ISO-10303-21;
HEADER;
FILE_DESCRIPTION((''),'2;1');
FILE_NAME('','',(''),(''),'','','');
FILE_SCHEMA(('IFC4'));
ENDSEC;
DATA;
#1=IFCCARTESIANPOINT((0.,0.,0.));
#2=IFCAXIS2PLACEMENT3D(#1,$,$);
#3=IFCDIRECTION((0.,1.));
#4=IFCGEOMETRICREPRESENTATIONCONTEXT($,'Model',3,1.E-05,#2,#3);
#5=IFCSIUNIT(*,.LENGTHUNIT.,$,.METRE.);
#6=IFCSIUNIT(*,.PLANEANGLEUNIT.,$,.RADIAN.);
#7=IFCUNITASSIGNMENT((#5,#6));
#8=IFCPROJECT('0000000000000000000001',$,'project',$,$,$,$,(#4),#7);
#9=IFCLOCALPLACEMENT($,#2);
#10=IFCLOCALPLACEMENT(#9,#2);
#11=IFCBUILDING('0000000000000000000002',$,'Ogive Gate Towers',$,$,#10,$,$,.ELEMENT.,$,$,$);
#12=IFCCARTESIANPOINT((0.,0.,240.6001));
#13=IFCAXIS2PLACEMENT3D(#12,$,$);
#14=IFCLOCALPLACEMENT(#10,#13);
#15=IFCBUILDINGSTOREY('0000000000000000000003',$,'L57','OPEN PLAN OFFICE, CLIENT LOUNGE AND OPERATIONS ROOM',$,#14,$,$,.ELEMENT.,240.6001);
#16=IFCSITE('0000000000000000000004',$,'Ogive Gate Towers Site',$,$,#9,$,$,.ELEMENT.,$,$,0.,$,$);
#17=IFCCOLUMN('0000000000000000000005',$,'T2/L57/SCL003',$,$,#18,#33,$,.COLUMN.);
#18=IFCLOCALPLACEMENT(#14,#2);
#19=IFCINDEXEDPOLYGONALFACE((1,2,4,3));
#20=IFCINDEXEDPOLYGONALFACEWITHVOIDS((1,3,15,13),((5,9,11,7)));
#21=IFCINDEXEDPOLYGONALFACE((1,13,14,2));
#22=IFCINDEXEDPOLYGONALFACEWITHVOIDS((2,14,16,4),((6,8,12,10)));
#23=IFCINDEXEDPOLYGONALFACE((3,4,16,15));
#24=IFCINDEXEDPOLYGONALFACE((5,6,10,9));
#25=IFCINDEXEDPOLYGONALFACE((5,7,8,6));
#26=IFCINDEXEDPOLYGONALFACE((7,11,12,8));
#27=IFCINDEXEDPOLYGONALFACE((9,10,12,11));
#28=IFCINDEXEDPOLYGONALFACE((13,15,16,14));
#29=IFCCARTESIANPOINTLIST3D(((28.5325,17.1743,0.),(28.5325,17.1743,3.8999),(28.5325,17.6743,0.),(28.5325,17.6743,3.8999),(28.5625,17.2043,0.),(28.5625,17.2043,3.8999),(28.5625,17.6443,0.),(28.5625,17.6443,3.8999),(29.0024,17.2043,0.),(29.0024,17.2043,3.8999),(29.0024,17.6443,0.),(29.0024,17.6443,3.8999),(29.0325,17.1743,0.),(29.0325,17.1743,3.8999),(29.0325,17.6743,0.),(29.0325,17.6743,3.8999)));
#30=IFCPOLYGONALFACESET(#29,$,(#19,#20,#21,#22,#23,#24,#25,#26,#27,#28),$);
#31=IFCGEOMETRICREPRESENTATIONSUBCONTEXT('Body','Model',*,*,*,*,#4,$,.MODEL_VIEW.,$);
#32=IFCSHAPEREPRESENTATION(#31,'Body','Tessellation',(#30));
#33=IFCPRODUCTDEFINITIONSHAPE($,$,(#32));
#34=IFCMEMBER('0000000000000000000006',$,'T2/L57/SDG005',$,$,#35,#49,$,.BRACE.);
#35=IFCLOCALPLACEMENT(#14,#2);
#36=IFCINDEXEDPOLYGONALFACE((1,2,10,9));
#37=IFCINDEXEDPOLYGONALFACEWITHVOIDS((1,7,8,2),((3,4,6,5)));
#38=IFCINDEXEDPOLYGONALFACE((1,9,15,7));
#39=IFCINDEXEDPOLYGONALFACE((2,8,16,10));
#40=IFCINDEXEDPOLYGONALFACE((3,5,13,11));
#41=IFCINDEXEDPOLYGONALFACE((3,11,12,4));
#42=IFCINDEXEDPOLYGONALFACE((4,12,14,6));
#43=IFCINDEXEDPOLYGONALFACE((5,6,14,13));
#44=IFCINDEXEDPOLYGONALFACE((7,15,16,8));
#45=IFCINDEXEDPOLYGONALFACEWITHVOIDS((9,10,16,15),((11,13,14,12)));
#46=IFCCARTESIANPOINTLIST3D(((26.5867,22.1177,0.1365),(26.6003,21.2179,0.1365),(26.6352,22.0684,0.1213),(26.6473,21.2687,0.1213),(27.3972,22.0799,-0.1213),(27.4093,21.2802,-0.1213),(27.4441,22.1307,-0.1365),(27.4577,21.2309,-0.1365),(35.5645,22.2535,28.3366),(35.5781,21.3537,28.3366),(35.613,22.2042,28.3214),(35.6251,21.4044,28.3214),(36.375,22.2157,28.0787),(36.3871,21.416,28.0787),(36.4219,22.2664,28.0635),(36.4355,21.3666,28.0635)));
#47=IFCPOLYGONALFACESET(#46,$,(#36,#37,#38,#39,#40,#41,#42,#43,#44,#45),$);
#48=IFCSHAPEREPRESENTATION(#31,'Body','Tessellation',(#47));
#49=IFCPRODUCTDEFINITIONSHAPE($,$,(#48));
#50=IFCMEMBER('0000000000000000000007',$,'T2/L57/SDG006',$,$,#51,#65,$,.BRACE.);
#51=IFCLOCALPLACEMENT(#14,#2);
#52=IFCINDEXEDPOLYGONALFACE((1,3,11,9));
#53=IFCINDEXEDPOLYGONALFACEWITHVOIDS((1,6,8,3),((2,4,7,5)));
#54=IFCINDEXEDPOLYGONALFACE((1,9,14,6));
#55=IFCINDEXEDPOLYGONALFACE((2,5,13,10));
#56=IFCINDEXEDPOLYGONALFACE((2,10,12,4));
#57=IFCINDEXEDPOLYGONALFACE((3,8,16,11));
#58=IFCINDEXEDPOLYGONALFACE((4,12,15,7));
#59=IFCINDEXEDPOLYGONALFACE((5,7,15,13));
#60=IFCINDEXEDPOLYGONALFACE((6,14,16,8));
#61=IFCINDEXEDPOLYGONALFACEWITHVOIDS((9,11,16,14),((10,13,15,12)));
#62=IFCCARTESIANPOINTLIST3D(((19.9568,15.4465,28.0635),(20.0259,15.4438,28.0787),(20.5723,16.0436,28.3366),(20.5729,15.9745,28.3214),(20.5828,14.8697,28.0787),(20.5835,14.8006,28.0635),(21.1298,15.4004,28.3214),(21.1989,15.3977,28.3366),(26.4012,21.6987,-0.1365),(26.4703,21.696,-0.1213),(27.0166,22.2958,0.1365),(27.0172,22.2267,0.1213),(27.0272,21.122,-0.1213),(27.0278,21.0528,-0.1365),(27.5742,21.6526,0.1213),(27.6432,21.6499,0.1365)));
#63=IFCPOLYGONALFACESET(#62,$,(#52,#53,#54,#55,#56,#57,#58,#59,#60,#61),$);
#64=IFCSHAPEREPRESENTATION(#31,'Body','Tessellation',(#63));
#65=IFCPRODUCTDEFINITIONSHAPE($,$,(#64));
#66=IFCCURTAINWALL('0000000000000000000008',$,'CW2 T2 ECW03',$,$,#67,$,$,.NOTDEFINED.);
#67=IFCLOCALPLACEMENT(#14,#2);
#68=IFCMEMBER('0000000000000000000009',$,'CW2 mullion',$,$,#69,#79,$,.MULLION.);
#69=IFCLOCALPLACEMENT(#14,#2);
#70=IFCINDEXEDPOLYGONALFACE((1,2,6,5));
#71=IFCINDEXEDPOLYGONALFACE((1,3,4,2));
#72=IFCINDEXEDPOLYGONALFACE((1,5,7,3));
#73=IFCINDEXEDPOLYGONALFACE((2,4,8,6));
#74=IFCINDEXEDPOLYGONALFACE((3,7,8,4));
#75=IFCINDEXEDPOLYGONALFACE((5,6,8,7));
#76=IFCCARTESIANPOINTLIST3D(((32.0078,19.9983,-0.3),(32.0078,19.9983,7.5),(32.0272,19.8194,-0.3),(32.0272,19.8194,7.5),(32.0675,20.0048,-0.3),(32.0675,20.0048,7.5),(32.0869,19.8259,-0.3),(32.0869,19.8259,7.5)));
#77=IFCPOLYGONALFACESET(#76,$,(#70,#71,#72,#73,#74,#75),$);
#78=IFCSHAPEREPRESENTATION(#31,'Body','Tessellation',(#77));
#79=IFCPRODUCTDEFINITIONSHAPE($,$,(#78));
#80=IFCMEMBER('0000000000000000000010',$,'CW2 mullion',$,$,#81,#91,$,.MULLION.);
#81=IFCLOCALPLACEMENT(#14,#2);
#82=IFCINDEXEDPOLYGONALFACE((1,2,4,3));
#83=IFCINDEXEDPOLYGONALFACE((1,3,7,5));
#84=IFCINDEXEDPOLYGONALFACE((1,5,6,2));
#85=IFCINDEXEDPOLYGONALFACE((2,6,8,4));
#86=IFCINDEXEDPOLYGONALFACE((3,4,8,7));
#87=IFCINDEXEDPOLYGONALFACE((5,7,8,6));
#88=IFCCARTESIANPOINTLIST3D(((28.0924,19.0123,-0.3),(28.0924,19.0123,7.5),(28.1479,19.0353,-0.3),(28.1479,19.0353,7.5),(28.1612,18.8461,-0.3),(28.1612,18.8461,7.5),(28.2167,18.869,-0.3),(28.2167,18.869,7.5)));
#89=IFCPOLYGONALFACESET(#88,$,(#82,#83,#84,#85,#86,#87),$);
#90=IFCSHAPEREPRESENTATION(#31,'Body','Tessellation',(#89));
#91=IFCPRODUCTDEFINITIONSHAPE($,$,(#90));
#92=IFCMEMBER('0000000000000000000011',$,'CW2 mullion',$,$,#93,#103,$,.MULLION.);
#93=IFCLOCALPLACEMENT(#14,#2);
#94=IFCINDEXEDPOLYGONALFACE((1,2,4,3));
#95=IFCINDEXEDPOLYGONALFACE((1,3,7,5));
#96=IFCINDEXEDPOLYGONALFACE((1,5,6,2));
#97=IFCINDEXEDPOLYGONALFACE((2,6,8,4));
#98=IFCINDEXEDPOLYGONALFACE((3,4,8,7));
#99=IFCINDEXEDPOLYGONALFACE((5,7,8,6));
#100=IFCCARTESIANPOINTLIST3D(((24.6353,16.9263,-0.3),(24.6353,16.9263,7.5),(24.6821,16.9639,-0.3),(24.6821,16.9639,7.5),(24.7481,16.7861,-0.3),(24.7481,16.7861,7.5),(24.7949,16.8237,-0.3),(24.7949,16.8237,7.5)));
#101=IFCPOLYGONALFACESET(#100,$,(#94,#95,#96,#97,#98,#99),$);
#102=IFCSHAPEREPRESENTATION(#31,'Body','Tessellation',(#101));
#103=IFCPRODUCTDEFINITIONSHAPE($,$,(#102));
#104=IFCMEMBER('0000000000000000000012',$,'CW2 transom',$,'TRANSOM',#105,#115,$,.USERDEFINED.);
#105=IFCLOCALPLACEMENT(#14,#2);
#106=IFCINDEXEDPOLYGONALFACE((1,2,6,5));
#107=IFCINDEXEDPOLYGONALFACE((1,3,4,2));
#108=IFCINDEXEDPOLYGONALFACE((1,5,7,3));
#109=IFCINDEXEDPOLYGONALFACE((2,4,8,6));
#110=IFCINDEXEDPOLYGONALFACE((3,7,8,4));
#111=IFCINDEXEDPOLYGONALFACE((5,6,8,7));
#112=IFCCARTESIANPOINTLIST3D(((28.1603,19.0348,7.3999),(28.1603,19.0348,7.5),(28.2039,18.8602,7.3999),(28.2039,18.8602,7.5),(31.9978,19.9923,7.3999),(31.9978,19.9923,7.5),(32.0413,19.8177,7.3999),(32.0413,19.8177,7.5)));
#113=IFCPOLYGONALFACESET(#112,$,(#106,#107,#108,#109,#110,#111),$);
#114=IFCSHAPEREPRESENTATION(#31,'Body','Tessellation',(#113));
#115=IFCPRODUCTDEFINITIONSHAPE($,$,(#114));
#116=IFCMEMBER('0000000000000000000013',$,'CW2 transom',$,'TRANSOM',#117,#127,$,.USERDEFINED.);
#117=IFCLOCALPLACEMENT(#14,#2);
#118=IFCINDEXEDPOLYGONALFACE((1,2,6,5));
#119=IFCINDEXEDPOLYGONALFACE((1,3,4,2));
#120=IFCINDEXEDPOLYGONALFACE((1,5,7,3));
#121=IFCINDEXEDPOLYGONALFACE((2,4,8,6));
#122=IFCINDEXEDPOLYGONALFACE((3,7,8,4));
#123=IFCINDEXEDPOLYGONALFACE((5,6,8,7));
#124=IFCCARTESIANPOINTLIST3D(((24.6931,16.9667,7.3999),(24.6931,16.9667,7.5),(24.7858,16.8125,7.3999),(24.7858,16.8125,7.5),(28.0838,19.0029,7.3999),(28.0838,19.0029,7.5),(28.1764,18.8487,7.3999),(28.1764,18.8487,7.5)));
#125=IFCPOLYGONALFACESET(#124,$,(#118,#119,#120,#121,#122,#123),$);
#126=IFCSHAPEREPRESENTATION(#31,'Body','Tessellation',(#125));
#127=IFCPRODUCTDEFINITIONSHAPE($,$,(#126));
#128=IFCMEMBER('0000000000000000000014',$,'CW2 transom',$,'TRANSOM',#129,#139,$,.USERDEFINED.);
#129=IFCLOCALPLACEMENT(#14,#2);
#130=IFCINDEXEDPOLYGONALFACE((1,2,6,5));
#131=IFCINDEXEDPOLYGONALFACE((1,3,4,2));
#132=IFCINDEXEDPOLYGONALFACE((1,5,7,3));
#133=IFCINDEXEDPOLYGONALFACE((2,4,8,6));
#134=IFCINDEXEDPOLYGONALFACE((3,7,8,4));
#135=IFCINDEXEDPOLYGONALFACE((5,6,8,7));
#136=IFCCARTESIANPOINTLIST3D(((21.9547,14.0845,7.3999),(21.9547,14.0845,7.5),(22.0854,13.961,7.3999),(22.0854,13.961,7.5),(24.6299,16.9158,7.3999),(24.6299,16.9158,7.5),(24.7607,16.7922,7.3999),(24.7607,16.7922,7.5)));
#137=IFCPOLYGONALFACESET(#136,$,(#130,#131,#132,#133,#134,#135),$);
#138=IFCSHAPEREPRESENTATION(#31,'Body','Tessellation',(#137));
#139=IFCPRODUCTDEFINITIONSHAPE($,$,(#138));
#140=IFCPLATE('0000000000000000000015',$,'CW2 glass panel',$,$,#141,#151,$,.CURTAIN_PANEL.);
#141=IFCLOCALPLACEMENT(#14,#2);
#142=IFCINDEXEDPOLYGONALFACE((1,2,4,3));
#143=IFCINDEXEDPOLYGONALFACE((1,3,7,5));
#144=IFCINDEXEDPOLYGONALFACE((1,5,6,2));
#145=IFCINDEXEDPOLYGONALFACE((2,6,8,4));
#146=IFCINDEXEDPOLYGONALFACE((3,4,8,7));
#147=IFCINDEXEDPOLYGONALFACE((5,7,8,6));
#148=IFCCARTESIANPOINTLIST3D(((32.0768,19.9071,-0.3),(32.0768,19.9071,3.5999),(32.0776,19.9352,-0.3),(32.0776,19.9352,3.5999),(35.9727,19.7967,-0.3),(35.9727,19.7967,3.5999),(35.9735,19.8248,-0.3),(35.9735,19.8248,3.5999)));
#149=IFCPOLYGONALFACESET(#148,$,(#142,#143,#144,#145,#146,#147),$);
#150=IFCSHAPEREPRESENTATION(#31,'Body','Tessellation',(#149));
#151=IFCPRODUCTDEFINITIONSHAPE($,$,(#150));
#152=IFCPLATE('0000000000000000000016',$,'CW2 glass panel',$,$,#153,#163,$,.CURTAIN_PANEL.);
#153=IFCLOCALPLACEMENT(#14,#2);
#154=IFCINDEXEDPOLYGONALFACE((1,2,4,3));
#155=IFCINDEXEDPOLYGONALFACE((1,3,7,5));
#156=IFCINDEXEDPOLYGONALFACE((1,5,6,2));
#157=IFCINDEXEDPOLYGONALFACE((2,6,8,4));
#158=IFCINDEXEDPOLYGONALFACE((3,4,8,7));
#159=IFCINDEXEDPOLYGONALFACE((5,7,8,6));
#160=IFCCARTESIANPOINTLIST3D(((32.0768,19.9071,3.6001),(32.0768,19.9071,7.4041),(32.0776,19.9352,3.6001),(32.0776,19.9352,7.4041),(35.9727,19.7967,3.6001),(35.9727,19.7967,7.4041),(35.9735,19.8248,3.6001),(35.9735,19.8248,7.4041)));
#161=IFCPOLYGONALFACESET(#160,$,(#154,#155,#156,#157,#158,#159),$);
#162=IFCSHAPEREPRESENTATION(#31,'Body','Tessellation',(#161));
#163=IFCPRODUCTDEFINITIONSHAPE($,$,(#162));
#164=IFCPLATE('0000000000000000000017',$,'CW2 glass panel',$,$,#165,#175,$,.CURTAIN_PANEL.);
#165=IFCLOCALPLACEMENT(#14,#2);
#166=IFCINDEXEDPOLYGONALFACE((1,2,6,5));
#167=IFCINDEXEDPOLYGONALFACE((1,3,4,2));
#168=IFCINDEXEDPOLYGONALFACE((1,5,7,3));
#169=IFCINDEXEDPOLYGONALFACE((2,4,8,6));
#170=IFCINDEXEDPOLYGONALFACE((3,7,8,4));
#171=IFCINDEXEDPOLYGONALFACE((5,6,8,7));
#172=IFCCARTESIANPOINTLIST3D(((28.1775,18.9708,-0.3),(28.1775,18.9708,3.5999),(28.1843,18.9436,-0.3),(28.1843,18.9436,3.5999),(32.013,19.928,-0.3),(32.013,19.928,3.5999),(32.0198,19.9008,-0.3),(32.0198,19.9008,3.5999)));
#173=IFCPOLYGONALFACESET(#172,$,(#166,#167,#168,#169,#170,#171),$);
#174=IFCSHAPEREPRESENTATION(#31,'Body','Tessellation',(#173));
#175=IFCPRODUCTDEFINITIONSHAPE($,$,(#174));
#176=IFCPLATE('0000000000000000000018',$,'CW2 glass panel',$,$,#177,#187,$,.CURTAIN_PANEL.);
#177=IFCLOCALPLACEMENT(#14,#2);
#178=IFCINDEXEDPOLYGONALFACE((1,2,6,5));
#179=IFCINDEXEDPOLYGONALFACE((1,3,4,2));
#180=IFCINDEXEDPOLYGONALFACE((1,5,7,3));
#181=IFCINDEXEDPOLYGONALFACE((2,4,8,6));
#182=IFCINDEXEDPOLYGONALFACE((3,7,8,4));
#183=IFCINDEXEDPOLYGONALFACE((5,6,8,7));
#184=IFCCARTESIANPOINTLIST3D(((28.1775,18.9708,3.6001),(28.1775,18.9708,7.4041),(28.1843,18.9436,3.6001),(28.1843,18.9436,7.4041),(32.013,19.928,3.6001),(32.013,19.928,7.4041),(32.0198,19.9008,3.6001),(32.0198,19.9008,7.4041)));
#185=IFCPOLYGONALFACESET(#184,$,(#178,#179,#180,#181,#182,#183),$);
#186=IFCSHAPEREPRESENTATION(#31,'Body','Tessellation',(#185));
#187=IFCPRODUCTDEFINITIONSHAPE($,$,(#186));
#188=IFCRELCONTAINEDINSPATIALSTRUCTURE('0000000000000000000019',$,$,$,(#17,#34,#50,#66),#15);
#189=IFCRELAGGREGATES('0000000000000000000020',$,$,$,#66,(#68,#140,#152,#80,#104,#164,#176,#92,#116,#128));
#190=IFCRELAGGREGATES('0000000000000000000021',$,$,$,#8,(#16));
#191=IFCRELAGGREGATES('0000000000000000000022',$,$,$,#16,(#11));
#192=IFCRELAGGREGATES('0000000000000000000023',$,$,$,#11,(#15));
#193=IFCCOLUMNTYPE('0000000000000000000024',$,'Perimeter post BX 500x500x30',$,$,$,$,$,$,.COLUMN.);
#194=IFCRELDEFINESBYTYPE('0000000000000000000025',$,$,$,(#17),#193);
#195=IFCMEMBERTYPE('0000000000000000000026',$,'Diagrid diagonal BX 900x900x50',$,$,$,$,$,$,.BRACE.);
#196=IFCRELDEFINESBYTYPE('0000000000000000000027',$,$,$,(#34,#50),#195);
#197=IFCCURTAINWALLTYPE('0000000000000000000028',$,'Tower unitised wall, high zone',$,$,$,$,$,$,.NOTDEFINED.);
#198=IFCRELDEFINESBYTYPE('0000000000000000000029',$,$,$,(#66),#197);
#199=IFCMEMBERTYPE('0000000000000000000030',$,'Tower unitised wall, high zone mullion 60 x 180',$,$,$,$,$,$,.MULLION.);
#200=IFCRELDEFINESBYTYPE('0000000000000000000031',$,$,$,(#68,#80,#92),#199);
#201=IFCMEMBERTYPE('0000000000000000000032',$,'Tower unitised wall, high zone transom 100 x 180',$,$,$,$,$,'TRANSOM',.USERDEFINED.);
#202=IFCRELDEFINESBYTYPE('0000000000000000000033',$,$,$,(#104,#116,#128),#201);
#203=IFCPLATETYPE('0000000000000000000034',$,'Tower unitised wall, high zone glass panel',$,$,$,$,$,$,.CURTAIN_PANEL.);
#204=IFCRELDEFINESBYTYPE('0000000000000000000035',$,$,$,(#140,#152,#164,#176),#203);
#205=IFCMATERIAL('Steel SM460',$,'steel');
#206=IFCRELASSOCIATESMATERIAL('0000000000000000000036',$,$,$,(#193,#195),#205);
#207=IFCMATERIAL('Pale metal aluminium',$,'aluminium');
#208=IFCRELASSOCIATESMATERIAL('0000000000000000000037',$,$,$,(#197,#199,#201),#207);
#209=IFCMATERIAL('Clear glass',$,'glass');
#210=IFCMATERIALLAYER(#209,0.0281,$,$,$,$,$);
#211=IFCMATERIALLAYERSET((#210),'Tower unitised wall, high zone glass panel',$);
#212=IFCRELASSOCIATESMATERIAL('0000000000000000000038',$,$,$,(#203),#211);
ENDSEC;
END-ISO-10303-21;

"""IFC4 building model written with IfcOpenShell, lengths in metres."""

from ifc_helpers import new_model, si_unit, direction, frame, origin, origin_2d, place, context, subcontext, project, spatial, rectangle, hollow_rectangle, extrude, material, layer, layer_set, material_profile, profile_set, type_object, element, aggregate, save


model = new_model("IFC4")

# Units and contexts
model_context = context("Model", 3, precision=1e-05, world=origin(), true_north=direction((0.0, 1.0)))
body_context = subcontext(model_context, "Body", "Model", "MODEL_VIEW")
ifc_project = project(units=[si_unit("LENGTHUNIT", "METRE"), si_unit("PLANEANGLEUNIT", "RADIAN")], contexts=[model_context])

# Site, building, storey
site_placement = place(None, origin())
site = spatial("IfcSite", under=ifc_project, at=site_placement, Name="Ogive Gate Towers Site", CompositionType="ELEMENT", RefElevation=0.0)
building_placement = place(site_placement, origin())
building = spatial("IfcBuilding", under=site, at=building_placement, Name="Ogive Gate Towers", CompositionType="ELEMENT")
storey_placement = place(building_placement, frame((0.0, 0.0, 240.6001)))
storey = spatial("IfcBuildingStorey", under=building, at=storey_placement, Name="L57", Description="OPEN PLAN OFFICE, CLIENT LOUNGE AND OPERATIONS ROOM", CompositionType="ELEMENT", Elevation=240.6001)

# Column
ifc_material_1 = material(Name="Steel SM460", Category="steel")
ifc_material_profile_1 = material_profile(ifc_material_1, hollow_rectangle(XDim=0.5, YDim=0.5, WallThickness=0.03, at=origin_2d()), Name="BX 500x500x30")
ifc_profile_set_1 = profile_set([ifc_material_profile_1], Name="Steel SM460")
column_type = type_object("IfcColumnType", Name="Perimeter post BX 500x500x30", PredefinedType="COLUMN", material=ifc_profile_set_1)
column_placement = place(storey_placement, frame((28.7825, 17.4243, 0.0), z_axis=(0.0, 0.0, 1.0), x_axis=(1.0, 0.0, 0.0)))
element("IfcColumn", 1, at=column_placement, inside=storey, type_object=column_type, Name="T2/L57/SCL003", PredefinedType="COLUMN", context=body_context, shape_type="SweptSolid", body=[
    extrude(hollow_rectangle(XDim=0.5, YDim=0.5, WallThickness=0.03, at=origin_2d()), origin(), (0.0, 0.0, 1.0), 3.8999),
])

# Members
ifc_material_profile_2 = material_profile(ifc_material_1, hollow_rectangle(XDim=0.8999, YDim=0.8999, WallThickness=0.05, at=origin_2d()), Name="BX 900x900x50")
ifc_profile_set_2 = profile_set([ifc_material_profile_2], Name="Steel SM460")
member_type_1 = type_object("IfcMemberType", Name="Diagrid diagonal BX 900x900x50", PredefinedType="BRACE", material=ifc_profile_set_2)
for number, where, z_axis, x_axis, name in (
    (2, (27.0222, 21.6743, 0.0), (0.303356, 0.004587, 0.952866), (-0.015118, 0.999886, 0.0), "T2/L57/SDG005"),
    (3, (27.0222, 21.6743, 0.0), (-0.217752, -0.211259, 0.952866), (0.696326, -0.717725, 0.0), "T2/L57/SDG006"),
):
    element("IfcMember", number, at=place(storey_placement, frame(where, z_axis=z_axis, x_axis=x_axis)), inside=storey, type_object=member_type_1, Name=name, PredefinedType="BRACE", context=body_context, shape_type="SweptSolid", body=[
        extrude(hollow_rectangle(XDim=0.8999, YDim=0.8999, WallThickness=0.05, at=origin_2d()), origin(), (0.0, 0.0, 1.0), 29.595),
    ])

# Curtain wall, members, plates
ifc_material_2 = material(Name="Pale metal aluminium", Category="aluminium")
curtain_wall_type = type_object("IfcCurtainWallType", Name="Tower unitised wall, high zone", PredefinedType="NOTDEFINED", material=ifc_material_2)
curtain_wall_placement = place(storey_placement, origin())
curtain_wall = element("IfcCurtainWall", 4, at=curtain_wall_placement, inside=storey, type_object=curtain_wall_type, Name="CW2 T2 ECW03", PredefinedType="NOTDEFINED")
ifc_material_profile_3 = material_profile(ifc_material_2, rectangle(XDim=0.1799, YDim=0.0601, at=origin_2d()), Name="60 x 180 aluminium box")
ifc_profile_set_3 = profile_set([ifc_material_profile_3], Name="Pale metal aluminium")
member_type_2 = type_object("IfcMemberType", Name="Tower unitised wall, high zone mullion 60 x 180", PredefinedType="MULLION", material=ifc_profile_set_3)
member_1_placement = place(storey_placement, frame((32.0474, 19.9121, -0.3), z_axis=(0.0, 0.0, 1.0), x_axis=(-0.107913, 0.99416, 0.0)))
member_1 = element("IfcMember", 5, at=member_1_placement, type_object=member_type_2, Name="CW2 mullion", PredefinedType="MULLION", context=body_context, shape_type="SweptSolid", body=[
    extrude(rectangle(XDim=0.1799, YDim=0.0601, at=origin_2d()), origin(), (0.0, 0.0, 1.0), 7.8),
])
member_2_placement = place(storey_placement, frame((28.1545, 18.9407, -0.3), z_axis=(0.0, 0.0, 1.0), x_axis=(-0.382683, 0.92388, 0.0)))
member_2 = element("IfcMember", 6, at=member_2_placement, type_object=member_type_2, Name="CW2 mullion", PredefinedType="MULLION", context=body_context, shape_type="SweptSolid", body=[
    extrude(rectangle(XDim=0.1799, YDim=0.0601, at=origin_2d()), origin(), (0.0, 0.0, 1.0), 7.8),
])
member_3_placement = place(storey_placement, frame((24.7151, 16.875, -0.3), z_axis=(0.0, 0.0, 1.0), x_axis=(-0.626672, 0.779283, 0.0)))
member_3 = element("IfcMember", 7, at=member_3_placement, type_object=member_type_2, Name="CW2 mullion", PredefinedType="MULLION", context=body_context, shape_type="SweptSolid", body=[
    extrude(rectangle(XDim=0.1799, YDim=0.0601, at=origin_2d()), origin(), (0.0, 0.0, 1.0), 7.8),
])
ifc_material_profile_4 = material_profile(ifc_material_2, rectangle(XDim=0.1799, YDim=0.1001, at=origin_2d()), Name="100 x 180 aluminium box")
ifc_profile_set_4 = profile_set([ifc_material_profile_4], Name="Pale metal aluminium")
member_type_3 = type_object("IfcMemberType", Name="Tower unitised wall, high zone transom 100 x 180", ElementType="TRANSOM", PredefinedType="USERDEFINED", material=ifc_profile_set_4)
member_4_placement = place(storey_placement, frame((32.0195, 19.905, 7.45), z_axis=(-0.970251, -0.2421, 0.0), x_axis=(0.2421, -0.970251, 0.0)))
member_4 = element("IfcMember", 8, at=member_4_placement, type_object=member_type_3, Name="CW2 transom", ObjectType="TRANSOM", PredefinedType="USERDEFINED", context=body_context, shape_type="SweptSolid", body=[
    extrude(rectangle(XDim=0.1799, YDim=0.1001, at=origin_2d()), origin(), (0.0, 0.0, 1.0), 3.9551),
])
member_5_placement = place(storey_placement, frame((28.1301, 18.9258, 7.45), z_axis=(-0.857297, -0.514823, 0.0), x_axis=(0.514823, -0.857297, 0.0)))
member_5 = element("IfcMember", 9, at=member_5_placement, type_object=member_type_3, Name="CW2 transom", ObjectType="TRANSOM", PredefinedType="USERDEFINED", context=body_context, shape_type="SweptSolid", body=[
    extrude(rectangle(XDim=0.1799, YDim=0.1001, at=origin_2d()), origin(), (0.0, 0.0, 1.0), 3.9551),
])
member_6_placement = place(storey_placement, frame((24.6953, 16.854, 7.45), z_axis=(-0.686798, -0.726848, 0.0), x_axis=(0.726848, -0.686798, 0.0)))
member_6 = element("IfcMember", 10, at=member_6_placement, type_object=member_type_3, Name="CW2 transom", ObjectType="TRANSOM", PredefinedType="USERDEFINED", context=body_context, shape_type="SweptSolid", body=[
    extrude(rectangle(XDim=0.1799, YDim=0.1001, at=origin_2d()), origin(), (0.0, 0.0, 1.0), 3.8953),
])
ifc_material_3 = material(Name="Clear glass", Category="glass")
ifc_layer_1 = layer(ifc_material_3, 0.0281)
ifc_layer_set_1 = layer_set([ifc_layer_1], Name="Tower unitised wall, high zone glass panel")
plate_type = type_object("IfcPlateType", Name="Tower unitised wall, high zone glass panel", PredefinedType="CURTAIN_PANEL", material=ifc_layer_set_1)
plate_1_placement = place(storey_placement, frame((34.0251, 19.866, -0.3), z_axis=(0.0, 0.0, 1.0), x_axis=(-0.999599, 0.028323, 0.0)))
plate_1 = element("IfcPlate", 11, at=plate_1_placement, type_object=plate_type, Name="CW2 glass panel", PredefinedType="CURTAIN_PANEL", context=body_context, shape_type="SweptSolid", body=[
    extrude(rectangle(XDim=3.8975, YDim=0.0281, at=origin_2d()), origin(), (0.0, 0.0, 1.0), 3.8999),
])
plate_2_placement = place(storey_placement, frame((34.0251, 19.866, 3.6001), z_axis=(0.0, 0.0, 1.0), x_axis=(-0.999599, 0.028323, 0.0)))
plate_2 = element("IfcPlate", 12, at=plate_2_placement, type_object=plate_type, Name="CW2 glass panel", PredefinedType="CURTAIN_PANEL", context=body_context, shape_type="SweptSolid", body=[
    extrude(rectangle(XDim=3.8975, YDim=0.0281, at=origin_2d()), origin(), (0.0, 0.0, 1.0), 3.804),
])
plate_3_placement = place(storey_placement, frame((30.0986, 19.4358, -0.3), z_axis=(0.0, 0.0, 1.0), x_axis=(-0.970241, -0.242142, 0.0)))
plate_3 = element("IfcPlate", 13, at=plate_3_placement, type_object=plate_type, Name="CW2 glass panel", PredefinedType="CURTAIN_PANEL", context=body_context, shape_type="SweptSolid", body=[
    extrude(rectangle(XDim=3.9531, YDim=0.0281, at=origin_2d()), origin(), (0.0, 0.0, 1.0), 3.8999),
])
plate_4_placement = place(storey_placement, frame((30.0986, 19.4358, 3.6001), z_axis=(0.0, 0.0, 1.0), x_axis=(-0.970241, -0.242142, 0.0)))
plate_4 = element("IfcPlate", 14, at=plate_4_placement, type_object=plate_type, Name="CW2 glass panel", PredefinedType="CURTAIN_PANEL", context=body_context, shape_type="SweptSolid", body=[
    extrude(rectangle(XDim=3.9531, YDim=0.0281, at=origin_2d()), origin(), (0.0, 0.0, 1.0), 3.804),
])
aggregate(curtain_wall, [member_1, plate_1, plate_2, member_2, member_4, plate_3, plate_4, member_3, member_5, member_6])

save(model, "model.ifc")
